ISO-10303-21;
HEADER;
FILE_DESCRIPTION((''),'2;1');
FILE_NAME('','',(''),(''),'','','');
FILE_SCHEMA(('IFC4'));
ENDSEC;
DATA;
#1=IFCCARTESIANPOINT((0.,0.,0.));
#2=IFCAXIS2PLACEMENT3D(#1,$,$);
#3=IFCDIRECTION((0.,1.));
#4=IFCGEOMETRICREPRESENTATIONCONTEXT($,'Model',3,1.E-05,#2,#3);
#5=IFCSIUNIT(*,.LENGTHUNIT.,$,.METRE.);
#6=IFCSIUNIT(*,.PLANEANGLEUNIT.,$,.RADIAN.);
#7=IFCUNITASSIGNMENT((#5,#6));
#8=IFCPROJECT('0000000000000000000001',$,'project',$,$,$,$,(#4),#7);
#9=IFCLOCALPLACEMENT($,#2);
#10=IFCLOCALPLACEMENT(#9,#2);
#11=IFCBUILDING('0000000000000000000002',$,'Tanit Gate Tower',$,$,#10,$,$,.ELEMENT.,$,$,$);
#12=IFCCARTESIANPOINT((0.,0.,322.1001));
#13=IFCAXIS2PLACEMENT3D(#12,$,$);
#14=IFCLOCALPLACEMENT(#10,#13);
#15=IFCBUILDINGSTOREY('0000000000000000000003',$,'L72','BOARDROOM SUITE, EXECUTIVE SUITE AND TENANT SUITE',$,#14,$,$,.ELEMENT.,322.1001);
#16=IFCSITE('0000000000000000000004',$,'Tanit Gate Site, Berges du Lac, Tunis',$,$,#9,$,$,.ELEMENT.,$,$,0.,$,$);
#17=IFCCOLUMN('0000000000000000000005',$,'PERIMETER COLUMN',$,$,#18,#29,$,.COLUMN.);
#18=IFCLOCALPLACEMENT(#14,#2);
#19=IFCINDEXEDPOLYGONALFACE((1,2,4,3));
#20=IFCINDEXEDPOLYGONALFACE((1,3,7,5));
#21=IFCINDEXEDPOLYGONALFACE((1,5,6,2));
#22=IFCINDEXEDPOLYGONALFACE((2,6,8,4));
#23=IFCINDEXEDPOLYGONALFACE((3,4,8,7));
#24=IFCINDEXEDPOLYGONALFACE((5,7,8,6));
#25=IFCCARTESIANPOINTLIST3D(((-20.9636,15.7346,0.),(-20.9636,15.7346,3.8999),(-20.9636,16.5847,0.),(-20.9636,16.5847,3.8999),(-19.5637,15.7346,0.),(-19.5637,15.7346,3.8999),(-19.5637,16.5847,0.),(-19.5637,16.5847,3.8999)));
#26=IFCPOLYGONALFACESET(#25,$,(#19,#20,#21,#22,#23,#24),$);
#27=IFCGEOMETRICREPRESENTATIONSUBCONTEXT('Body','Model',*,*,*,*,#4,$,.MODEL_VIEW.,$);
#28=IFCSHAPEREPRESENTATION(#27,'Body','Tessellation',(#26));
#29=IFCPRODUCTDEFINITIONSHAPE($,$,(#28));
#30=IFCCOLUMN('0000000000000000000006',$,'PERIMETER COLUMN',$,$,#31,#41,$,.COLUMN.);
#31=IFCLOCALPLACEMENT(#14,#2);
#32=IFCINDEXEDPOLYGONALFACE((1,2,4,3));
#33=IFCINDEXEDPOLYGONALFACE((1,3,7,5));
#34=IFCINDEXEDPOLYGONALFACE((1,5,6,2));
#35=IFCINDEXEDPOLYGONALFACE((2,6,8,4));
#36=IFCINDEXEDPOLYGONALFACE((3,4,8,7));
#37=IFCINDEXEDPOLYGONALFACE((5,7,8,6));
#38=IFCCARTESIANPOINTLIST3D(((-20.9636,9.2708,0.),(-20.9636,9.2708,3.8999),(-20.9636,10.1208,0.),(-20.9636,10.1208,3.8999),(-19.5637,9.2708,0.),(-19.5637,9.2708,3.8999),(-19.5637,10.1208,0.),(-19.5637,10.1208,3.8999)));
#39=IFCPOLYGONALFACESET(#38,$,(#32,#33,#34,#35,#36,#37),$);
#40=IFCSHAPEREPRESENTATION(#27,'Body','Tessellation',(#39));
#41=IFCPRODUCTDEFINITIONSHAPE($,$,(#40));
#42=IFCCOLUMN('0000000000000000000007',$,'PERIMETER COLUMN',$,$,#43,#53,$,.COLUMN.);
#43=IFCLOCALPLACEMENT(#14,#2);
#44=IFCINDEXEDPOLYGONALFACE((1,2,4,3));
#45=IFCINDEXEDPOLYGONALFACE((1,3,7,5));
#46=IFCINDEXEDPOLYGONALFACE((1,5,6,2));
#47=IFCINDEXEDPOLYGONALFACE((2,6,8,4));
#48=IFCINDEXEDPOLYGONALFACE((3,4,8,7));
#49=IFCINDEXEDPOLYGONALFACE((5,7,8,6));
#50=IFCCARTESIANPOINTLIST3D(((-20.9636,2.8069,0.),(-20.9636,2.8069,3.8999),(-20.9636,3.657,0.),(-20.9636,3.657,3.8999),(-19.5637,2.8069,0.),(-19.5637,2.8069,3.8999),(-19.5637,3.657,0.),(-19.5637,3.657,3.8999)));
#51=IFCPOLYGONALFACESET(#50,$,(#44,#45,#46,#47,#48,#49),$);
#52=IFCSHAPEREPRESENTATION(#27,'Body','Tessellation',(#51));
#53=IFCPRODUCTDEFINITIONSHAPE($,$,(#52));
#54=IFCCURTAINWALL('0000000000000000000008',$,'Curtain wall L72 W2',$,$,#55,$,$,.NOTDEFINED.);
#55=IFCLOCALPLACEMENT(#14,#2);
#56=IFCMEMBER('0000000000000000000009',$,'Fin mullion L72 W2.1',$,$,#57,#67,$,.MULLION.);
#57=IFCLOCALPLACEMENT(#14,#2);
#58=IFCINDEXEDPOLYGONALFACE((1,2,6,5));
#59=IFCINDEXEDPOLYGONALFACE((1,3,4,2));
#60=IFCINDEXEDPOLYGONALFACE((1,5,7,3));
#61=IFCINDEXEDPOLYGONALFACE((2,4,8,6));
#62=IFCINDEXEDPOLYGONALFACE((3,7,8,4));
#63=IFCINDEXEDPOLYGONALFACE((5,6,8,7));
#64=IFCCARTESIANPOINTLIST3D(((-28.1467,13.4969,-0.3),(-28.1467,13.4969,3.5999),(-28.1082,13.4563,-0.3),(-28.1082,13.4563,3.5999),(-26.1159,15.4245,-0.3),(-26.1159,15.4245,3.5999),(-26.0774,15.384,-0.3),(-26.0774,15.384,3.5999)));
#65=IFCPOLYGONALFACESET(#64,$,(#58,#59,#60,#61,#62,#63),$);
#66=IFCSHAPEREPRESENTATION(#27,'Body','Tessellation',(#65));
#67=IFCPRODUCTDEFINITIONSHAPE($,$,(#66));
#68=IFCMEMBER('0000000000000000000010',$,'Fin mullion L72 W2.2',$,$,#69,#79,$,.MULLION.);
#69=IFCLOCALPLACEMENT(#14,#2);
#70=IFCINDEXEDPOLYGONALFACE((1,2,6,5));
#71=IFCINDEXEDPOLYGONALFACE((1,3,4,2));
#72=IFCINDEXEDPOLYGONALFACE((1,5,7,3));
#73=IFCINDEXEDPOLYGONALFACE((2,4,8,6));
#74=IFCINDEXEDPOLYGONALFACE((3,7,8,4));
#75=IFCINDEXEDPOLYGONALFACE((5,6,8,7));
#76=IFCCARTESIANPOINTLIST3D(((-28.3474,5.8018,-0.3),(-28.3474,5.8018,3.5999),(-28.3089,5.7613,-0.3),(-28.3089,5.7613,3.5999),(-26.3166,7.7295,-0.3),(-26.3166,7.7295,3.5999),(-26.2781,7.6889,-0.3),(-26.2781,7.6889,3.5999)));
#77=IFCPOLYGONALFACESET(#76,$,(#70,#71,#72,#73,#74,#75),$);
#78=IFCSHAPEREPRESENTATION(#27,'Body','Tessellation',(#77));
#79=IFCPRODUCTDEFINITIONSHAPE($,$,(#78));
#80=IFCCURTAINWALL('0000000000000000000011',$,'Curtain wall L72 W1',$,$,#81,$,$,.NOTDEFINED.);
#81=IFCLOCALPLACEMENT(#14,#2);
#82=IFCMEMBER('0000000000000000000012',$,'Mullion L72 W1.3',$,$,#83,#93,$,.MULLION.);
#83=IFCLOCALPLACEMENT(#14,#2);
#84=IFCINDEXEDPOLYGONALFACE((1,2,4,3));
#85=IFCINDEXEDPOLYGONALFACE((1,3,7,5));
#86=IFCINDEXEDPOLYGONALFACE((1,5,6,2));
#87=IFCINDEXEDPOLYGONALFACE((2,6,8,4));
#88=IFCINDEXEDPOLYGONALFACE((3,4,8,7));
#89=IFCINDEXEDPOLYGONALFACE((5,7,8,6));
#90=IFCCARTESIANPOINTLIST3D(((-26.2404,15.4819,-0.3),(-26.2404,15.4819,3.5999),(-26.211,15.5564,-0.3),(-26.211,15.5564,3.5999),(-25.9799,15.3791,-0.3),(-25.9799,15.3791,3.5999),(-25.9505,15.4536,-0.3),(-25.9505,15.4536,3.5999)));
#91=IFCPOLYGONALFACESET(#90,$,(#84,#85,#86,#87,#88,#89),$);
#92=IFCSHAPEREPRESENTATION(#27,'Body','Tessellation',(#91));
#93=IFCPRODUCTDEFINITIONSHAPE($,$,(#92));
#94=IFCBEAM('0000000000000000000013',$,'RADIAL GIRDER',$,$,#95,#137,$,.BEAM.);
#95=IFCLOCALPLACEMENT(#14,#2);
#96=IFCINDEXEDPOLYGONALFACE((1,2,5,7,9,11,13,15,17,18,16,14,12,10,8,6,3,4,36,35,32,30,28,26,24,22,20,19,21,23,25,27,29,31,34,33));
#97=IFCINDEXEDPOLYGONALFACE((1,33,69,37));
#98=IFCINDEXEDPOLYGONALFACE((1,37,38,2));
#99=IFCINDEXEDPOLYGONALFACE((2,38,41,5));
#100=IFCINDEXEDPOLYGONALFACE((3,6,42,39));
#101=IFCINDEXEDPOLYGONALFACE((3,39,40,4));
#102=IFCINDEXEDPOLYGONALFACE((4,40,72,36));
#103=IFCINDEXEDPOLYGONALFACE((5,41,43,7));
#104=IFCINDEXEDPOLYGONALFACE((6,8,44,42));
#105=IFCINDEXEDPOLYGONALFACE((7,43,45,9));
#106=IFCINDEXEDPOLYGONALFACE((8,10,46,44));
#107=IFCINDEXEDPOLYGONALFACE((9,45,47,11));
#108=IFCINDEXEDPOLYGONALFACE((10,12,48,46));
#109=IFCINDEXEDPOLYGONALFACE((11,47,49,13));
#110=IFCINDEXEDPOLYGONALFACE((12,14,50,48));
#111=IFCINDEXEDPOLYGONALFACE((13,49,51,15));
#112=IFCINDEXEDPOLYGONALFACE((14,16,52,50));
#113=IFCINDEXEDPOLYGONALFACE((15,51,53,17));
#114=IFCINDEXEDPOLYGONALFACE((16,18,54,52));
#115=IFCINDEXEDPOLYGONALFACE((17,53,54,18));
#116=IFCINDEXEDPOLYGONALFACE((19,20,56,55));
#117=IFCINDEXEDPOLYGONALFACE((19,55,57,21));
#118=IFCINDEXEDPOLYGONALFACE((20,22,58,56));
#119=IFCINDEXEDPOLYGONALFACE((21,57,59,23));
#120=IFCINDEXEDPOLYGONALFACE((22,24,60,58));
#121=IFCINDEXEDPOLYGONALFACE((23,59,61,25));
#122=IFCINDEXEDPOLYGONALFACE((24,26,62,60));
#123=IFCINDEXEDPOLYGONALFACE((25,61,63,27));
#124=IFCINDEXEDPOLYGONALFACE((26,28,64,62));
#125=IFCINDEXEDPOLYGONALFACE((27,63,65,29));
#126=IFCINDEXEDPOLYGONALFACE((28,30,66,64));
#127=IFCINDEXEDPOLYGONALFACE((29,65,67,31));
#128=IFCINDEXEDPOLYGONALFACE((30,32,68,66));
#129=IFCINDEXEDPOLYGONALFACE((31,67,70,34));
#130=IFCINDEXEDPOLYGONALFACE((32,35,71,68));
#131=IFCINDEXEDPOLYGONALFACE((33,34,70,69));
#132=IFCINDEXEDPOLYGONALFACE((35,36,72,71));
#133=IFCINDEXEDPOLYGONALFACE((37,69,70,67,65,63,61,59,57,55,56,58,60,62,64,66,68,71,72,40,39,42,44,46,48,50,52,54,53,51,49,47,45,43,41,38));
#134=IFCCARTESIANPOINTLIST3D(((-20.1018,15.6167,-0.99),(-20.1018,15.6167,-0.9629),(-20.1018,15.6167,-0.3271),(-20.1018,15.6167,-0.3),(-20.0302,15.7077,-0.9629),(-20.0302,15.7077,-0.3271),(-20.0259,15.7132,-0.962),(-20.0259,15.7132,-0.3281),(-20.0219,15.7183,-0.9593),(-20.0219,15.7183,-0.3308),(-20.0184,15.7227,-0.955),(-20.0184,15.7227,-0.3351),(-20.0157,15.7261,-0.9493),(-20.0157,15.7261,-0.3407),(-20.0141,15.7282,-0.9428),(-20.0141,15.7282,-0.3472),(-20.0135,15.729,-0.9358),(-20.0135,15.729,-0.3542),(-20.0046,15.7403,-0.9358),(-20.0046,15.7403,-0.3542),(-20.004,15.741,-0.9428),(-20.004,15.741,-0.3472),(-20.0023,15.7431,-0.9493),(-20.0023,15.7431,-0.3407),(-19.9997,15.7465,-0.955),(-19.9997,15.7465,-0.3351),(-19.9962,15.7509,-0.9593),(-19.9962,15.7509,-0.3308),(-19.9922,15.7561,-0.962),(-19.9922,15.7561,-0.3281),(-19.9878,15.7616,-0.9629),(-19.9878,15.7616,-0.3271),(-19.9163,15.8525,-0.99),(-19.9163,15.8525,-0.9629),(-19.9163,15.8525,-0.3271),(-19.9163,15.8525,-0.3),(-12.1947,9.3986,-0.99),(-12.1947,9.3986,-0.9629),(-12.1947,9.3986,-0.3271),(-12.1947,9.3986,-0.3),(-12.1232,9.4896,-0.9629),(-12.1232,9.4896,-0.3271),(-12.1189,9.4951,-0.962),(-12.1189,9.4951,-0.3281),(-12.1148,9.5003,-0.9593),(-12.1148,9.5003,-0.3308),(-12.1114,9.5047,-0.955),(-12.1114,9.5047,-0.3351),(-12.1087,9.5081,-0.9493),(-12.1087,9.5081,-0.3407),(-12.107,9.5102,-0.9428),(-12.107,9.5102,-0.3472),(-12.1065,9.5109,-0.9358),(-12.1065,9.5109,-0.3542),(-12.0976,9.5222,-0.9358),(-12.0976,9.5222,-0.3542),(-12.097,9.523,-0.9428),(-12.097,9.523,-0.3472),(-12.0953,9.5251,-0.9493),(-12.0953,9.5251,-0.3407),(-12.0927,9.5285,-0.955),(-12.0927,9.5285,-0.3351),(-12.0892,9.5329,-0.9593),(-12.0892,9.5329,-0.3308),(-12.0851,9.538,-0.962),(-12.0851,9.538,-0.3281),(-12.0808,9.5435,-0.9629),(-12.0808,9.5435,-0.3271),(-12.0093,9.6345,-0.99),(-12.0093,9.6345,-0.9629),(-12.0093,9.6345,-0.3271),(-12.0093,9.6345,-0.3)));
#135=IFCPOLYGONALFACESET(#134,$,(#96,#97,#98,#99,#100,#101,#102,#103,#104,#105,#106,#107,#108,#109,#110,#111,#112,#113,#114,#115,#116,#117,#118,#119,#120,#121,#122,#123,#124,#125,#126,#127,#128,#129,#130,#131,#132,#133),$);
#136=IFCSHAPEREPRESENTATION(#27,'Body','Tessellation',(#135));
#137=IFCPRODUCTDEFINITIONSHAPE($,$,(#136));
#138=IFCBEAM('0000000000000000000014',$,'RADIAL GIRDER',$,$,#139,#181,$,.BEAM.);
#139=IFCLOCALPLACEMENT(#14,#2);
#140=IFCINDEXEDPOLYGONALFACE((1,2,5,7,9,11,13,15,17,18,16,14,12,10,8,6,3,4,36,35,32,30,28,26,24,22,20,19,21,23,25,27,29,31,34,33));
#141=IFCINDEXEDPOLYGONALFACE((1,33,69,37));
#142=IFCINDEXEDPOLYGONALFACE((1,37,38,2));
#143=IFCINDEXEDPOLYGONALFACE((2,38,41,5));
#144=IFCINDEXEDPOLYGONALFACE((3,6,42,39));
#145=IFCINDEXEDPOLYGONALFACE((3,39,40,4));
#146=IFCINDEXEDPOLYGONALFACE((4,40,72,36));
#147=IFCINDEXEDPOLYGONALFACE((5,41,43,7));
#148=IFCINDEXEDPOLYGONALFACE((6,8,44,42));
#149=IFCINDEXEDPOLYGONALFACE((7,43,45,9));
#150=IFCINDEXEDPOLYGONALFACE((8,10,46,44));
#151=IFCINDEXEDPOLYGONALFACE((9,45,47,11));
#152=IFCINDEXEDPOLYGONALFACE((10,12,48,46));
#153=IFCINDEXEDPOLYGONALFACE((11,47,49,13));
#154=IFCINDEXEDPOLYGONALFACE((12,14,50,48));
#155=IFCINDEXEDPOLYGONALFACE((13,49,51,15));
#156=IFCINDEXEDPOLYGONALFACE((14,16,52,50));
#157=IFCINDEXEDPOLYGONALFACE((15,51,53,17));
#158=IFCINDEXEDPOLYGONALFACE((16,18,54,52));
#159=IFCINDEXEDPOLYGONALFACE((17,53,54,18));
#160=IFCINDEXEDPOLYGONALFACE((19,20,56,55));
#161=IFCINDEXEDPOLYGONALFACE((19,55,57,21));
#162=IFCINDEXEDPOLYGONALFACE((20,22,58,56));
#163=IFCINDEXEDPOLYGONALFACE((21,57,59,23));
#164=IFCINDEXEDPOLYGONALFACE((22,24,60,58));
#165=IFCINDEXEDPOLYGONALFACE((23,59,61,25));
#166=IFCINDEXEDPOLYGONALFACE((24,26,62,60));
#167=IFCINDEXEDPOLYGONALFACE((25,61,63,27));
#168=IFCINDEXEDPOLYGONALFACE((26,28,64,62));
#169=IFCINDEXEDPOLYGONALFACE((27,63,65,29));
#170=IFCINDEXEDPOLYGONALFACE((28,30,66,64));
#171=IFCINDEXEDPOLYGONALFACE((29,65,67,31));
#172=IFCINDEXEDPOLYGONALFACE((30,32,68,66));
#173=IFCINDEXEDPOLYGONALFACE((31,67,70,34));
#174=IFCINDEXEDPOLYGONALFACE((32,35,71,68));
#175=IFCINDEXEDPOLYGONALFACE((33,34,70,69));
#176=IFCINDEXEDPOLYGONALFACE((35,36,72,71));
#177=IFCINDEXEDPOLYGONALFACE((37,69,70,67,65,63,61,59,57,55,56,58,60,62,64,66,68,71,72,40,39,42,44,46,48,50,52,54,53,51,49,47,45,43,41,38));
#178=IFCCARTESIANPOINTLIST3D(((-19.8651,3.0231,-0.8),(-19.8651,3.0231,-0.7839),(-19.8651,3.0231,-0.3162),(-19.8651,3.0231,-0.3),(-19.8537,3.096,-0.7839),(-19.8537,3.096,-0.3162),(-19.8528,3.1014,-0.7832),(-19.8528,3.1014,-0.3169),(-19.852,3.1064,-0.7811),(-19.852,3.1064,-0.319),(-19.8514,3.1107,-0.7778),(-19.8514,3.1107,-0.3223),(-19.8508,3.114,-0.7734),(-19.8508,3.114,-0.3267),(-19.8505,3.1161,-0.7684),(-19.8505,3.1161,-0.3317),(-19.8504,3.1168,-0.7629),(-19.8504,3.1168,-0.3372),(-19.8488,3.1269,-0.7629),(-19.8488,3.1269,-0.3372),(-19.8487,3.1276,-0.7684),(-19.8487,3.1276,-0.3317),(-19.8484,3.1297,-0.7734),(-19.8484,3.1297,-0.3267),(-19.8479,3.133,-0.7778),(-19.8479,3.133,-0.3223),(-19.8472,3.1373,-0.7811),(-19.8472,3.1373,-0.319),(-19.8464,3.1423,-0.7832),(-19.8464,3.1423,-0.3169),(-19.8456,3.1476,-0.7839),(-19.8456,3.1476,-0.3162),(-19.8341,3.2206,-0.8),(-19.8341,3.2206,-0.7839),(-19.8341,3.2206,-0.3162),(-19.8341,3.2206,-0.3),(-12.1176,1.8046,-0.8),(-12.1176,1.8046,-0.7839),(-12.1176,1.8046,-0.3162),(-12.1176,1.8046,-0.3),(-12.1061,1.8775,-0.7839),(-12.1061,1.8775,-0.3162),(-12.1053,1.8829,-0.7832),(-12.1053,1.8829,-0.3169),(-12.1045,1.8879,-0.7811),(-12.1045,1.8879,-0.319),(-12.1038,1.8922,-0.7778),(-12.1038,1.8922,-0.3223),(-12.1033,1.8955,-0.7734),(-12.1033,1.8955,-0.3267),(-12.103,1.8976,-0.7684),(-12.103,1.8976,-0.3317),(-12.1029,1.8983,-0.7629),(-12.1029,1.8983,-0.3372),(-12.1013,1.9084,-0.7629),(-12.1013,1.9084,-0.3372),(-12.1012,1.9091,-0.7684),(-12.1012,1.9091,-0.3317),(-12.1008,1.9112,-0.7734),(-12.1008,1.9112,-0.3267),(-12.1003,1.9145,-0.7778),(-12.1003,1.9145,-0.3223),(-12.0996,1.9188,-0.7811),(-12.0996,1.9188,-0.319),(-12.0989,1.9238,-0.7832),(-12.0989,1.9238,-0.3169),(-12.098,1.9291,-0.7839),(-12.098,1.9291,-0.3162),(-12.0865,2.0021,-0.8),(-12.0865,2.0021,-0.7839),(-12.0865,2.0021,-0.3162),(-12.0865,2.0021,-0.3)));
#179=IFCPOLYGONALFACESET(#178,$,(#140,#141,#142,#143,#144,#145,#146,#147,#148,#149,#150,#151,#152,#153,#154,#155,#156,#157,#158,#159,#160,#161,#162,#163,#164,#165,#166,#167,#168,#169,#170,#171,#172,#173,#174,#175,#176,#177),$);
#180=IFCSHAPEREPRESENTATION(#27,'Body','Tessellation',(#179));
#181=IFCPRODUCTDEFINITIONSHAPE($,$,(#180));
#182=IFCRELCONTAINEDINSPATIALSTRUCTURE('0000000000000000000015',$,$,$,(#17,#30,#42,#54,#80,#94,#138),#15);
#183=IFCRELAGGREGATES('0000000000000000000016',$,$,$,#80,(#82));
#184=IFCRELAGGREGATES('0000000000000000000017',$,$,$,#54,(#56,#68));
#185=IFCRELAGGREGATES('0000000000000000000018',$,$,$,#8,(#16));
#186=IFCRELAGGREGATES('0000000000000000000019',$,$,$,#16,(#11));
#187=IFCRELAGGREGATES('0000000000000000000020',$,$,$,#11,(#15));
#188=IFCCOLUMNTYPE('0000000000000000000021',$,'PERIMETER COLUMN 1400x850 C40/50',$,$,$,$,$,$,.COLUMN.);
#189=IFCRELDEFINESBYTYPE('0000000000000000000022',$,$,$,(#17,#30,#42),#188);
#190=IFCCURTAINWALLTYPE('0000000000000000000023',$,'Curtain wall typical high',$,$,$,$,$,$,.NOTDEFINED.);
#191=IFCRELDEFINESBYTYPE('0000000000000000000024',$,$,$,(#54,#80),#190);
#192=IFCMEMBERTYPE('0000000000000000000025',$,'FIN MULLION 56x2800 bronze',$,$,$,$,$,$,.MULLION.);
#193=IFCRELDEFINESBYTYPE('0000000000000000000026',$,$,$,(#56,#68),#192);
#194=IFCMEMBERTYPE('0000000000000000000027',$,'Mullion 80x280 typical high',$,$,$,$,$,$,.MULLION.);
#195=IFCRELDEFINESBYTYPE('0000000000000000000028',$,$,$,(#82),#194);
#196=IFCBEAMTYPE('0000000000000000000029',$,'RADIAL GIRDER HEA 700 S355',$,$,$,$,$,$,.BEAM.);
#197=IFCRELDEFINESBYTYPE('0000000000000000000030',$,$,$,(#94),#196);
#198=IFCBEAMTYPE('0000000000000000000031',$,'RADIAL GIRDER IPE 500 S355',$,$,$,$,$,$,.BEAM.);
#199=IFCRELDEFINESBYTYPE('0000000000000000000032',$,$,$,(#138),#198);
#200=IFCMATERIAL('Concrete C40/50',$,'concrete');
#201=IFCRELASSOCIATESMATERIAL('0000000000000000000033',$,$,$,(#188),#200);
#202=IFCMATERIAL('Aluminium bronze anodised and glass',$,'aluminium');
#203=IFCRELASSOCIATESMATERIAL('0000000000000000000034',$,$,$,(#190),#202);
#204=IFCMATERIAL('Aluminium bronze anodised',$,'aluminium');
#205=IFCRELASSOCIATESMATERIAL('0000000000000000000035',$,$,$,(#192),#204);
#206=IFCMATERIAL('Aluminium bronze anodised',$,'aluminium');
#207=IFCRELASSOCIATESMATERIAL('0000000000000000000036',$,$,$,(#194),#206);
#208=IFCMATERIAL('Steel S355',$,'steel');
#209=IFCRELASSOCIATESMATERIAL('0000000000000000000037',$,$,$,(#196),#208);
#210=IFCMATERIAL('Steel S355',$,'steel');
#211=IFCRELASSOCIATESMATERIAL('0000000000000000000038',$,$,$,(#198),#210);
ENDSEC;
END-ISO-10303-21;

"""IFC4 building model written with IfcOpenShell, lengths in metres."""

from ifc_helpers import new_model, si_unit, direction, frame, origin, origin_2d, place, context, subcontext, project, spatial, rectangle, i_section, extrude, material, material_profile, profile_set, type_object, element, aggregate, save


model = new_model("IFC4")

# Units and contexts
model_context = context("Model", 3, precision=1e-05, world=origin(), true_north=direction((0.0, 1.0)))
body_context = subcontext(model_context, "Body", "Model", "MODEL_VIEW")
ifc_project = project(units=[si_unit("LENGTHUNIT", "METRE"), si_unit("PLANEANGLEUNIT", "RADIAN")], contexts=[model_context])

# Site, building, storey
site_placement = place(None, origin())
site = spatial("IfcSite", under=ifc_project, at=site_placement, Name="Tanit Gate Site, Berges du Lac, Tunis", CompositionType="ELEMENT", RefElevation=0.0)
building_placement = place(site_placement, origin())
building = spatial("IfcBuilding", under=site, at=building_placement, Name="Tanit Gate Tower", CompositionType="ELEMENT")
storey_placement = place(building_placement, frame((0.0, 0.0, 322.1001)))
storey = spatial("IfcBuildingStorey", under=building, at=storey_placement, Name="L72", Description="BOARDROOM SUITE, EXECUTIVE SUITE AND TENANT SUITE", CompositionType="ELEMENT", Elevation=322.1001)

# Columns
ifc_material_1 = material(Name="Concrete C40/50", Category="concrete")
ifc_material_profile_1 = material_profile(ifc_material_1, rectangle(XDim=1.3999, YDim=0.8501, at=origin_2d()), Name="RC 1400x850")
ifc_profile_set_1 = profile_set([ifc_material_profile_1], Name="Concrete C40/50")
column_type = type_object("IfcColumnType", Name="PERIMETER COLUMN 1400x850 C40/50", PredefinedType="COLUMN", material=ifc_profile_set_1)
for number, where, z_axis, x_axis, name in (
    (1, (-20.2637, 16.1597, 0.0), (0.0, 0.0, 1.0), (-1.0, 0.0, 0.0), "PERIMETER COLUMN"),
    (2, (-20.2637, 9.6958, 0.0), (0.0, 0.0, 1.0), (-1.0, 0.0, 0.0), "PERIMETER COLUMN"),
    (3, (-20.2637, 3.2319, 0.0), (0.0, 0.0, 1.0), (-1.0, 0.0, 0.0), "PERIMETER COLUMN"),
):
    element("IfcColumn", number, at=place(storey_placement, frame(where, z_axis=z_axis, x_axis=x_axis)), inside=storey, type_object=column_type, Name=name, PredefinedType="COLUMN", context=body_context, shape_type="SweptSolid", body=[
        extrude(rectangle(XDim=1.3999, YDim=0.8501, at=origin_2d()), origin(), (0.0, 0.0, 1.0), 3.8999),
    ])

# Curtain wall, members
ifc_material_2 = material(Name="Aluminium bronze anodised and glass", Category="aluminium")
curtain_wall_type = type_object("IfcCurtainWallType", Name="Curtain wall typical high", PredefinedType="NOTDEFINED", material=ifc_material_2)
curtain_wall_1_placement = place(storey_placement, origin())
curtain_wall_1 = element("IfcCurtainWall", 4, at=curtain_wall_1_placement, inside=storey, type_object=curtain_wall_type, Name="Curtain wall L72 W2", PredefinedType="NOTDEFINED")
ifc_material_3 = material(Name="Aluminium bronze anodised", Category="aluminium")
ifc_material_profile_2 = material_profile(ifc_material_3, rectangle(XDim=2.8, YDim=0.0559, at=origin_2d()), Name="56x2800 bronze fin mullion")
ifc_profile_set_2 = profile_set([ifc_material_profile_2], Name="Aluminium bronze anodised")
member_type_1 = type_object("IfcMemberType", Name="FIN MULLION 56x2800 bronze", PredefinedType="MULLION", material=ifc_profile_set_2)
member_1_placement = place(storey_placement, frame((-27.1121, 14.4404, -0.3), z_axis=(0.0, 0.0, 1.0), x_axis=(0.725296, 0.688438, 0.0)))
member_1 = element("IfcMember", 5, at=member_1_placement, type_object=member_type_1, Name="Fin mullion L72 W2.1", PredefinedType="MULLION", context=body_context, shape_type="SweptSolid", body=[
    extrude(rectangle(XDim=2.8, YDim=0.0559, at=origin_2d()), origin(), (0.0, 0.0, 1.0), 3.8999),
])
member_2_placement = place(storey_placement, frame((-27.3127, 6.7454, -0.3), z_axis=(0.0, 0.0, 1.0), x_axis=(0.725296, 0.688438, 0.0)))
member_2 = element("IfcMember", 6, at=member_2_placement, type_object=member_type_1, Name="Fin mullion L72 W2.2", PredefinedType="MULLION", context=body_context, shape_type="SweptSolid", body=[
    extrude(rectangle(XDim=2.8, YDim=0.0559, at=origin_2d()), origin(), (0.0, 0.0, 1.0), 3.8999),
])

# Curtain wall, member
curtain_wall_2_placement = place(storey_placement, origin())
curtain_wall_2 = element("IfcCurtainWall", 7, at=curtain_wall_2_placement, inside=storey, type_object=curtain_wall_type, Name="Curtain wall L72 W1", PredefinedType="NOTDEFINED")
ifc_material_4 = material(Name="Aluminium bronze anodised", Category="aluminium")
ifc_material_profile_3 = material_profile(ifc_material_4, rectangle(XDim=0.28, YDim=0.0801, at=origin_2d()), Name="80x280 bronze mullion")
ifc_profile_set_3 = profile_set([ifc_material_profile_3], Name="Aluminium bronze anodised")
member_type_2 = type_object("IfcMemberType", Name="Mullion 80x280 typical high", PredefinedType="MULLION", material=ifc_profile_set_3)
member_3_placement = place(storey_placement, frame((-26.0955, 15.4678, -0.3), z_axis=(0.0, 0.0, 1.0), x_axis=(0.930193, -0.36707, 0.0)))
member_3 = element("IfcMember", 8, at=member_3_placement, type_object=member_type_2, Name="Mullion L72 W1.3", PredefinedType="MULLION", context=body_context, shape_type="SweptSolid", body=[
    extrude(rectangle(XDim=0.28, YDim=0.0801, at=origin_2d()), origin(), (0.0, 0.0, 1.0), 3.8999),
])
aggregate(curtain_wall_2, [member_3])

# Beams
ifc_material_5 = material(Name="Steel S355", Category="steel")
ifc_material_profile_4 = material_profile(ifc_material_5, i_section(OverallWidth=0.3, OverallDepth=0.6899, WebThickness=0.0144, FlangeThickness=0.0271, FilletRadius=0.0271, at=origin_2d()), Name="HEA 700")
ifc_profile_set_4 = profile_set([ifc_material_profile_4], Name="Steel S355")
beam_type_1 = type_object("IfcBeamType", Name="RADIAL GIRDER HEA 700 S355", PredefinedType="BEAM", material=ifc_profile_set_4)
beam_1_placement = place(storey_placement, frame((-20.009, 15.7346, -0.645), z_axis=(0.786058, -0.618153, 0.0), x_axis=(0.618153, 0.786058, 0.0)))
element("IfcBeam", 9, at=beam_1_placement, inside=storey, type_object=beam_type_1, Name="RADIAL GIRDER", PredefinedType="BEAM", context=body_context, shape_type="SweptSolid", body=[
    extrude(i_section(OverallWidth=0.3, OverallDepth=0.6899, WebThickness=0.0144, FlangeThickness=0.0271, FilletRadius=0.0271, at=origin_2d()), origin(), (0.0, 0.0, 1.0), 10.0591),
])
ifc_material_6 = material(Name="Steel S355", Category="steel")
ifc_material_profile_5 = material_profile(ifc_material_6, i_section(OverallWidth=0.2, OverallDepth=0.5, WebThickness=0.0103, FlangeThickness=0.0161, FilletRadius=0.021, at=origin_2d()), Name="IPE 500")
ifc_profile_set_5 = profile_set([ifc_material_profile_5], Name="Steel S355")
beam_type_2 = type_object("IfcBeamType", Name="RADIAL GIRDER IPE 500 S355", PredefinedType="BEAM", material=ifc_profile_set_5)
beam_2_placement = place(storey_placement, frame((-19.8496, 3.1218, -0.55), z_axis=(0.987857, -0.155366, 0.0), x_axis=(0.155366, 0.987857, 0.0)))
element("IfcBeam", 10, at=beam_2_placement, inside=storey, type_object=beam_type_2, Name="RADIAL GIRDER", PredefinedType="BEAM", context=body_context, shape_type="SweptSolid", body=[
    extrude(i_section(OverallWidth=0.2, OverallDepth=0.5, WebThickness=0.0103, FlangeThickness=0.0161, FilletRadius=0.021, at=origin_2d()), origin(), (0.0, 0.0, 1.0), 7.8428),
])

aggregate(curtain_wall_1, [member_1, member_2])

save(model, "model.ifc")
